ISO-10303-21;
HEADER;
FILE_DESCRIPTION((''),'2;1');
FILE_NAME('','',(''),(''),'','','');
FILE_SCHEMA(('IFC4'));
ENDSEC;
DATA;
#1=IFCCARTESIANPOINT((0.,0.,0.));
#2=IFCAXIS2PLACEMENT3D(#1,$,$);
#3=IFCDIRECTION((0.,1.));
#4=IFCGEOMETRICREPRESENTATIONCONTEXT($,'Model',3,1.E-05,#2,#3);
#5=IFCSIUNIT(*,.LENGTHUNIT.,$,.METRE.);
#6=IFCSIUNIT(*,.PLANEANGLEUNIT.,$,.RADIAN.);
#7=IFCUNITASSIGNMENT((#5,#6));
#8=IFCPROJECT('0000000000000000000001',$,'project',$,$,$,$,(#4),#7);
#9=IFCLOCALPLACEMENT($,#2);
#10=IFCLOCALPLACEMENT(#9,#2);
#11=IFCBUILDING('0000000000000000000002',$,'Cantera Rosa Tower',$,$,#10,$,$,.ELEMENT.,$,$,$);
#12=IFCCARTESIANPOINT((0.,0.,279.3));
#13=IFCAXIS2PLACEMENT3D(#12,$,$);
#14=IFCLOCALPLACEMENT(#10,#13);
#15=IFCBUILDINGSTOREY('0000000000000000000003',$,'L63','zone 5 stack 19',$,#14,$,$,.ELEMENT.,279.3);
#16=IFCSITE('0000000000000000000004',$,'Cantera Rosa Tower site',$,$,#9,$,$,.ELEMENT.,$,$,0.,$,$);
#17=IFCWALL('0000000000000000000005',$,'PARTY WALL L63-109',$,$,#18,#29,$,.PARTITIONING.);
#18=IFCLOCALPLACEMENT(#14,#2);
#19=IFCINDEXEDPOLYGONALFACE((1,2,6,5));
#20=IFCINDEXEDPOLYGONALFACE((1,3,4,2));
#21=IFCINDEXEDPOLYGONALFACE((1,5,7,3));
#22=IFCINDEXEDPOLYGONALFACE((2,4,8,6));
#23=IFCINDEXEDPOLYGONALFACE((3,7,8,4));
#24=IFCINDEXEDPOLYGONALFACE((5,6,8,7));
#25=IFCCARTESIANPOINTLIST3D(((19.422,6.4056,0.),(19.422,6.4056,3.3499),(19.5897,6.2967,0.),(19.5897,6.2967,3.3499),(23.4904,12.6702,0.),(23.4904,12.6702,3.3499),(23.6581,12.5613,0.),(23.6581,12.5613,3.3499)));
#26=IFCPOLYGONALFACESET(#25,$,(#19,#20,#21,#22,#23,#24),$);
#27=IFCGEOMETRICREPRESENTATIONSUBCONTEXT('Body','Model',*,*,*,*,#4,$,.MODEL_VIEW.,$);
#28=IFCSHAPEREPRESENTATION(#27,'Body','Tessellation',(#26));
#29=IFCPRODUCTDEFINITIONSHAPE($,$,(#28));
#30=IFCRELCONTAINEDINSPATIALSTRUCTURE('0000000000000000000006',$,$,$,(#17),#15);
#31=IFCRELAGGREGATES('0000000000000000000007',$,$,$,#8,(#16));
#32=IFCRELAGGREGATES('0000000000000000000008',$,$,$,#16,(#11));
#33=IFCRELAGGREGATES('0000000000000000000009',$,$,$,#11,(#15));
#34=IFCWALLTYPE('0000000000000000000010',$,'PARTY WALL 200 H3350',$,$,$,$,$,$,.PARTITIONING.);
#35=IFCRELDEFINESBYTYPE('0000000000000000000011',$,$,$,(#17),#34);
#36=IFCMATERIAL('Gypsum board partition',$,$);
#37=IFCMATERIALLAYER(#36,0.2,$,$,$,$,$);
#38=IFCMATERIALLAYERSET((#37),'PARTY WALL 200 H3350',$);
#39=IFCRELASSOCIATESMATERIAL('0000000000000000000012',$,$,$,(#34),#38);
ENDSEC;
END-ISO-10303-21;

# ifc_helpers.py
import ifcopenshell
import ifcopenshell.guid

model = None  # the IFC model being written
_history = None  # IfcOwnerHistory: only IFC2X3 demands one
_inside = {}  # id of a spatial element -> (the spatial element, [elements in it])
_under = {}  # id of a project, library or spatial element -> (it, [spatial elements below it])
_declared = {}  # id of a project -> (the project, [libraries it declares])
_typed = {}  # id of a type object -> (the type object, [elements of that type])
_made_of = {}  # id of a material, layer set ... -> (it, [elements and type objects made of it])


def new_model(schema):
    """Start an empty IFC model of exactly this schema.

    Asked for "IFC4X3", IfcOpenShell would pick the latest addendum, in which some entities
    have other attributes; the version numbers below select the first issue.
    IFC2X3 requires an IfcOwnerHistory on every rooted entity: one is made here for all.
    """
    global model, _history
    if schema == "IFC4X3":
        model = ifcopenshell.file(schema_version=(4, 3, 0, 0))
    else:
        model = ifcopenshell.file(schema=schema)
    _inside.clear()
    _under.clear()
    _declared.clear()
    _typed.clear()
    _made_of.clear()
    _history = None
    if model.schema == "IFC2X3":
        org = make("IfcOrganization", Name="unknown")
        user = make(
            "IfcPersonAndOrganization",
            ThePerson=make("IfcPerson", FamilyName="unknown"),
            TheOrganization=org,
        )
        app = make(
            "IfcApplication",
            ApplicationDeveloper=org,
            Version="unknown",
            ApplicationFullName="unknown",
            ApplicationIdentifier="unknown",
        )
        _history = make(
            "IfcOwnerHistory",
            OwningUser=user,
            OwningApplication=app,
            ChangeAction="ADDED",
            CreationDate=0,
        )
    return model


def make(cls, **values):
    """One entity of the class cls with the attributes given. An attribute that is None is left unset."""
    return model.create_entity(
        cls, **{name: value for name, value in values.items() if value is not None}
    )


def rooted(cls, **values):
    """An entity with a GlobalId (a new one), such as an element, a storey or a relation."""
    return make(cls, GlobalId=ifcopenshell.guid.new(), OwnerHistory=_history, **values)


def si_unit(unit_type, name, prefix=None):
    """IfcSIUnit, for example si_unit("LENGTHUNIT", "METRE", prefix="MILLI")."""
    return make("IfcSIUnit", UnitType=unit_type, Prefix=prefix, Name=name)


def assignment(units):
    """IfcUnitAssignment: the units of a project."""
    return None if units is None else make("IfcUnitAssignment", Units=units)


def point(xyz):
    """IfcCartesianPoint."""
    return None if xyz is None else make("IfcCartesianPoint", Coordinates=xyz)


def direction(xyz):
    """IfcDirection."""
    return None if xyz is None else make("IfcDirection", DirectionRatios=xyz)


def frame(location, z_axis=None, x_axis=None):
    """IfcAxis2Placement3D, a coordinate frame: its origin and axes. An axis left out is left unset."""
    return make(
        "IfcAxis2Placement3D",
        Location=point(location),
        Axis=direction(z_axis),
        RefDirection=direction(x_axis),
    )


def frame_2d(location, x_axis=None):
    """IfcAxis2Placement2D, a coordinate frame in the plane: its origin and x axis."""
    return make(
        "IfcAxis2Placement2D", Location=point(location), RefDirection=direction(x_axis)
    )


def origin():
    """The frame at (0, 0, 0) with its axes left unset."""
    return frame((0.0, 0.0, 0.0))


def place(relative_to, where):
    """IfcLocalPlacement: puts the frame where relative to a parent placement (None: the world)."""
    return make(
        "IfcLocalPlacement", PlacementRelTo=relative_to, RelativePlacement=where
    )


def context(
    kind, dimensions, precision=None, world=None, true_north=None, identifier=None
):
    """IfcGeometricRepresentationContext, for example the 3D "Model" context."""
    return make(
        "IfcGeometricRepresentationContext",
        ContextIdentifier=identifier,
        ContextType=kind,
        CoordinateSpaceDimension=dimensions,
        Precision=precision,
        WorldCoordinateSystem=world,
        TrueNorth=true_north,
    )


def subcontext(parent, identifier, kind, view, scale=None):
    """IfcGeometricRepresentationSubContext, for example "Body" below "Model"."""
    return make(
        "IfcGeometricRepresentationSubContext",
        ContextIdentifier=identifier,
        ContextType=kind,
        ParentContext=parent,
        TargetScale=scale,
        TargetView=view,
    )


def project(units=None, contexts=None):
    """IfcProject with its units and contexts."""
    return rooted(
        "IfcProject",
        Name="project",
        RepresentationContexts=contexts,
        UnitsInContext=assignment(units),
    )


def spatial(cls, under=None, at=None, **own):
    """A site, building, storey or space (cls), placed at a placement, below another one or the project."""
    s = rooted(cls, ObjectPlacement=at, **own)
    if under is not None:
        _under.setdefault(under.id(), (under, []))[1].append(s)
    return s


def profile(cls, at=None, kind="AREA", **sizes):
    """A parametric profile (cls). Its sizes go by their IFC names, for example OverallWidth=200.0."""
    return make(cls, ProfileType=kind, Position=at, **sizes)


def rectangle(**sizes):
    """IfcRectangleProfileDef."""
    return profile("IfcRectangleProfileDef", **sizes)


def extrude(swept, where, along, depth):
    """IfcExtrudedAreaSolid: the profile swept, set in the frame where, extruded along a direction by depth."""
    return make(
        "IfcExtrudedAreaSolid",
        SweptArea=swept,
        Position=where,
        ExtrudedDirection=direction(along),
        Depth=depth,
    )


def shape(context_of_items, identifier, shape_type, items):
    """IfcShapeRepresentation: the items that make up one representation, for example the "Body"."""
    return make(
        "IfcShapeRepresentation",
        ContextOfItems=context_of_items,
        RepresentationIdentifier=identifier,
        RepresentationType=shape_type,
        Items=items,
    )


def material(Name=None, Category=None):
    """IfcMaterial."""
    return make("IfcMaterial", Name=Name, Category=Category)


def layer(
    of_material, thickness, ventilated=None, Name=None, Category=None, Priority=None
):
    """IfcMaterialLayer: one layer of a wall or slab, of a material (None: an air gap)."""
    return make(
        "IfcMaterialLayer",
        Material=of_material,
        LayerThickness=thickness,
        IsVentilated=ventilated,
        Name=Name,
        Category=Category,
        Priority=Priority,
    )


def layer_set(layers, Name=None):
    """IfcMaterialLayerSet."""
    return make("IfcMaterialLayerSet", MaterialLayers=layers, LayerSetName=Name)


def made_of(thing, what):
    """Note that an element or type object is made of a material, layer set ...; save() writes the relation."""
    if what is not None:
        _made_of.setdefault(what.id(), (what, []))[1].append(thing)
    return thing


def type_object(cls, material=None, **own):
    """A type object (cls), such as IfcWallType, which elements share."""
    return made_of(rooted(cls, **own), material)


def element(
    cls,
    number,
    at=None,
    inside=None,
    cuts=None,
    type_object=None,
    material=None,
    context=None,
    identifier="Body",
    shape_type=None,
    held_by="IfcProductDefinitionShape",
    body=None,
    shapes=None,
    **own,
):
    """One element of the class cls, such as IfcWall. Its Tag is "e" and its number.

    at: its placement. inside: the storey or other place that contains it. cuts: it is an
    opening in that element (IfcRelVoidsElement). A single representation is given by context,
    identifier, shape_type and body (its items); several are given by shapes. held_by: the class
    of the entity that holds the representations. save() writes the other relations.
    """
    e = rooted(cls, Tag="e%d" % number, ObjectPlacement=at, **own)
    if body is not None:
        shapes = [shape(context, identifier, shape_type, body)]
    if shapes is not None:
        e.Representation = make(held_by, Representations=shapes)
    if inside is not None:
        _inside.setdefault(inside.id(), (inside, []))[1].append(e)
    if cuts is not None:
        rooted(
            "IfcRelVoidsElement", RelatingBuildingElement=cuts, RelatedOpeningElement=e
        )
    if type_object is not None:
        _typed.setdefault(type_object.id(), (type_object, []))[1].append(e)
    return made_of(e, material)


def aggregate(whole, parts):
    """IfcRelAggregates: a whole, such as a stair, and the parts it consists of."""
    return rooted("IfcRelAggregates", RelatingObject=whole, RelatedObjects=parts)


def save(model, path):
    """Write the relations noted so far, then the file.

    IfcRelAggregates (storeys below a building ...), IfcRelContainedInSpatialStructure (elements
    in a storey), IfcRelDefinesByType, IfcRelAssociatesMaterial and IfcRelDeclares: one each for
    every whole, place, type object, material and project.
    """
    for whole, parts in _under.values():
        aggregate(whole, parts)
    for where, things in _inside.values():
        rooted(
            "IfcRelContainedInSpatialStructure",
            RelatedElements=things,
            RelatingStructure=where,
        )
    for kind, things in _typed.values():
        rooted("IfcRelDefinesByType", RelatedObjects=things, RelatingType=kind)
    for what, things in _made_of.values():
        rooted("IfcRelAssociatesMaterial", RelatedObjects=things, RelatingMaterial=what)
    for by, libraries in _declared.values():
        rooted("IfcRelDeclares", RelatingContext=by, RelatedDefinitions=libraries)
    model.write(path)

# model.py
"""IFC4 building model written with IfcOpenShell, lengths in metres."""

from ifc_helpers import new_model, si_unit, direction, frame, frame_2d, origin, place, context, subcontext, project, spatial, rectangle, extrude, material, layer, layer_set, type_object, element, save


model = new_model("IFC4")

# Units and contexts
model_context = context("Model", 3, precision=1e-05, world=origin(), true_north=direction((0.0, 1.0)))
body_context = subcontext(model_context, "Body", "Model", "MODEL_VIEW")
ifc_project = project(units=[si_unit("LENGTHUNIT", "METRE"), si_unit("PLANEANGLEUNIT", "RADIAN")], contexts=[model_context])

# Site, building, storey
site_placement = place(None, origin())
site = spatial("IfcSite", under=ifc_project, at=site_placement, Name="Cantera Rosa Tower site", CompositionType="ELEMENT", RefElevation=0.0)
building_placement = place(site_placement, origin())
building = spatial("IfcBuilding", under=site, at=building_placement, Name="Cantera Rosa Tower", CompositionType="ELEMENT")
storey_placement = place(building_placement, frame((0.0, 0.0, 279.3)))
storey = spatial("IfcBuildingStorey", under=building, at=storey_placement, Name="L63", Description="zone 5 stack 19", CompositionType="ELEMENT", Elevation=279.3)

# Wall
ifc_material_1 = material(Name="Gypsum board partition")
ifc_layer_1 = layer(ifc_material_1, 0.2)
ifc_layer_set_1 = layer_set([ifc_layer_1], Name="PARTY WALL 200 H3350")
wall_type_1 = type_object("IfcWallType", Name="PARTY WALL 200 H3350", PredefinedType="PARTITIONING", material=ifc_layer_set_1)
wall_1_placement = place(storey_placement, frame((23.5742, 12.6157, 0.0), z_axis=(0.0, 0.0, 1.0), x_axis=(-0.544644, -0.838668, 0.0)))
element("IfcWall", 1, at=wall_1_placement, inside=storey, type_object=wall_type_1, Name="PARTY WALL L63-109", PredefinedType="PARTITIONING", context=body_context, shape_type="SweptSolid", body=[
    extrude(rectangle(XDim=7.4697, YDim=0.2, at=frame_2d((3.7349, 0.0))), origin(), (0.0, 0.0, 1.0), 3.3499),
])

save(model, "model.ifc")
